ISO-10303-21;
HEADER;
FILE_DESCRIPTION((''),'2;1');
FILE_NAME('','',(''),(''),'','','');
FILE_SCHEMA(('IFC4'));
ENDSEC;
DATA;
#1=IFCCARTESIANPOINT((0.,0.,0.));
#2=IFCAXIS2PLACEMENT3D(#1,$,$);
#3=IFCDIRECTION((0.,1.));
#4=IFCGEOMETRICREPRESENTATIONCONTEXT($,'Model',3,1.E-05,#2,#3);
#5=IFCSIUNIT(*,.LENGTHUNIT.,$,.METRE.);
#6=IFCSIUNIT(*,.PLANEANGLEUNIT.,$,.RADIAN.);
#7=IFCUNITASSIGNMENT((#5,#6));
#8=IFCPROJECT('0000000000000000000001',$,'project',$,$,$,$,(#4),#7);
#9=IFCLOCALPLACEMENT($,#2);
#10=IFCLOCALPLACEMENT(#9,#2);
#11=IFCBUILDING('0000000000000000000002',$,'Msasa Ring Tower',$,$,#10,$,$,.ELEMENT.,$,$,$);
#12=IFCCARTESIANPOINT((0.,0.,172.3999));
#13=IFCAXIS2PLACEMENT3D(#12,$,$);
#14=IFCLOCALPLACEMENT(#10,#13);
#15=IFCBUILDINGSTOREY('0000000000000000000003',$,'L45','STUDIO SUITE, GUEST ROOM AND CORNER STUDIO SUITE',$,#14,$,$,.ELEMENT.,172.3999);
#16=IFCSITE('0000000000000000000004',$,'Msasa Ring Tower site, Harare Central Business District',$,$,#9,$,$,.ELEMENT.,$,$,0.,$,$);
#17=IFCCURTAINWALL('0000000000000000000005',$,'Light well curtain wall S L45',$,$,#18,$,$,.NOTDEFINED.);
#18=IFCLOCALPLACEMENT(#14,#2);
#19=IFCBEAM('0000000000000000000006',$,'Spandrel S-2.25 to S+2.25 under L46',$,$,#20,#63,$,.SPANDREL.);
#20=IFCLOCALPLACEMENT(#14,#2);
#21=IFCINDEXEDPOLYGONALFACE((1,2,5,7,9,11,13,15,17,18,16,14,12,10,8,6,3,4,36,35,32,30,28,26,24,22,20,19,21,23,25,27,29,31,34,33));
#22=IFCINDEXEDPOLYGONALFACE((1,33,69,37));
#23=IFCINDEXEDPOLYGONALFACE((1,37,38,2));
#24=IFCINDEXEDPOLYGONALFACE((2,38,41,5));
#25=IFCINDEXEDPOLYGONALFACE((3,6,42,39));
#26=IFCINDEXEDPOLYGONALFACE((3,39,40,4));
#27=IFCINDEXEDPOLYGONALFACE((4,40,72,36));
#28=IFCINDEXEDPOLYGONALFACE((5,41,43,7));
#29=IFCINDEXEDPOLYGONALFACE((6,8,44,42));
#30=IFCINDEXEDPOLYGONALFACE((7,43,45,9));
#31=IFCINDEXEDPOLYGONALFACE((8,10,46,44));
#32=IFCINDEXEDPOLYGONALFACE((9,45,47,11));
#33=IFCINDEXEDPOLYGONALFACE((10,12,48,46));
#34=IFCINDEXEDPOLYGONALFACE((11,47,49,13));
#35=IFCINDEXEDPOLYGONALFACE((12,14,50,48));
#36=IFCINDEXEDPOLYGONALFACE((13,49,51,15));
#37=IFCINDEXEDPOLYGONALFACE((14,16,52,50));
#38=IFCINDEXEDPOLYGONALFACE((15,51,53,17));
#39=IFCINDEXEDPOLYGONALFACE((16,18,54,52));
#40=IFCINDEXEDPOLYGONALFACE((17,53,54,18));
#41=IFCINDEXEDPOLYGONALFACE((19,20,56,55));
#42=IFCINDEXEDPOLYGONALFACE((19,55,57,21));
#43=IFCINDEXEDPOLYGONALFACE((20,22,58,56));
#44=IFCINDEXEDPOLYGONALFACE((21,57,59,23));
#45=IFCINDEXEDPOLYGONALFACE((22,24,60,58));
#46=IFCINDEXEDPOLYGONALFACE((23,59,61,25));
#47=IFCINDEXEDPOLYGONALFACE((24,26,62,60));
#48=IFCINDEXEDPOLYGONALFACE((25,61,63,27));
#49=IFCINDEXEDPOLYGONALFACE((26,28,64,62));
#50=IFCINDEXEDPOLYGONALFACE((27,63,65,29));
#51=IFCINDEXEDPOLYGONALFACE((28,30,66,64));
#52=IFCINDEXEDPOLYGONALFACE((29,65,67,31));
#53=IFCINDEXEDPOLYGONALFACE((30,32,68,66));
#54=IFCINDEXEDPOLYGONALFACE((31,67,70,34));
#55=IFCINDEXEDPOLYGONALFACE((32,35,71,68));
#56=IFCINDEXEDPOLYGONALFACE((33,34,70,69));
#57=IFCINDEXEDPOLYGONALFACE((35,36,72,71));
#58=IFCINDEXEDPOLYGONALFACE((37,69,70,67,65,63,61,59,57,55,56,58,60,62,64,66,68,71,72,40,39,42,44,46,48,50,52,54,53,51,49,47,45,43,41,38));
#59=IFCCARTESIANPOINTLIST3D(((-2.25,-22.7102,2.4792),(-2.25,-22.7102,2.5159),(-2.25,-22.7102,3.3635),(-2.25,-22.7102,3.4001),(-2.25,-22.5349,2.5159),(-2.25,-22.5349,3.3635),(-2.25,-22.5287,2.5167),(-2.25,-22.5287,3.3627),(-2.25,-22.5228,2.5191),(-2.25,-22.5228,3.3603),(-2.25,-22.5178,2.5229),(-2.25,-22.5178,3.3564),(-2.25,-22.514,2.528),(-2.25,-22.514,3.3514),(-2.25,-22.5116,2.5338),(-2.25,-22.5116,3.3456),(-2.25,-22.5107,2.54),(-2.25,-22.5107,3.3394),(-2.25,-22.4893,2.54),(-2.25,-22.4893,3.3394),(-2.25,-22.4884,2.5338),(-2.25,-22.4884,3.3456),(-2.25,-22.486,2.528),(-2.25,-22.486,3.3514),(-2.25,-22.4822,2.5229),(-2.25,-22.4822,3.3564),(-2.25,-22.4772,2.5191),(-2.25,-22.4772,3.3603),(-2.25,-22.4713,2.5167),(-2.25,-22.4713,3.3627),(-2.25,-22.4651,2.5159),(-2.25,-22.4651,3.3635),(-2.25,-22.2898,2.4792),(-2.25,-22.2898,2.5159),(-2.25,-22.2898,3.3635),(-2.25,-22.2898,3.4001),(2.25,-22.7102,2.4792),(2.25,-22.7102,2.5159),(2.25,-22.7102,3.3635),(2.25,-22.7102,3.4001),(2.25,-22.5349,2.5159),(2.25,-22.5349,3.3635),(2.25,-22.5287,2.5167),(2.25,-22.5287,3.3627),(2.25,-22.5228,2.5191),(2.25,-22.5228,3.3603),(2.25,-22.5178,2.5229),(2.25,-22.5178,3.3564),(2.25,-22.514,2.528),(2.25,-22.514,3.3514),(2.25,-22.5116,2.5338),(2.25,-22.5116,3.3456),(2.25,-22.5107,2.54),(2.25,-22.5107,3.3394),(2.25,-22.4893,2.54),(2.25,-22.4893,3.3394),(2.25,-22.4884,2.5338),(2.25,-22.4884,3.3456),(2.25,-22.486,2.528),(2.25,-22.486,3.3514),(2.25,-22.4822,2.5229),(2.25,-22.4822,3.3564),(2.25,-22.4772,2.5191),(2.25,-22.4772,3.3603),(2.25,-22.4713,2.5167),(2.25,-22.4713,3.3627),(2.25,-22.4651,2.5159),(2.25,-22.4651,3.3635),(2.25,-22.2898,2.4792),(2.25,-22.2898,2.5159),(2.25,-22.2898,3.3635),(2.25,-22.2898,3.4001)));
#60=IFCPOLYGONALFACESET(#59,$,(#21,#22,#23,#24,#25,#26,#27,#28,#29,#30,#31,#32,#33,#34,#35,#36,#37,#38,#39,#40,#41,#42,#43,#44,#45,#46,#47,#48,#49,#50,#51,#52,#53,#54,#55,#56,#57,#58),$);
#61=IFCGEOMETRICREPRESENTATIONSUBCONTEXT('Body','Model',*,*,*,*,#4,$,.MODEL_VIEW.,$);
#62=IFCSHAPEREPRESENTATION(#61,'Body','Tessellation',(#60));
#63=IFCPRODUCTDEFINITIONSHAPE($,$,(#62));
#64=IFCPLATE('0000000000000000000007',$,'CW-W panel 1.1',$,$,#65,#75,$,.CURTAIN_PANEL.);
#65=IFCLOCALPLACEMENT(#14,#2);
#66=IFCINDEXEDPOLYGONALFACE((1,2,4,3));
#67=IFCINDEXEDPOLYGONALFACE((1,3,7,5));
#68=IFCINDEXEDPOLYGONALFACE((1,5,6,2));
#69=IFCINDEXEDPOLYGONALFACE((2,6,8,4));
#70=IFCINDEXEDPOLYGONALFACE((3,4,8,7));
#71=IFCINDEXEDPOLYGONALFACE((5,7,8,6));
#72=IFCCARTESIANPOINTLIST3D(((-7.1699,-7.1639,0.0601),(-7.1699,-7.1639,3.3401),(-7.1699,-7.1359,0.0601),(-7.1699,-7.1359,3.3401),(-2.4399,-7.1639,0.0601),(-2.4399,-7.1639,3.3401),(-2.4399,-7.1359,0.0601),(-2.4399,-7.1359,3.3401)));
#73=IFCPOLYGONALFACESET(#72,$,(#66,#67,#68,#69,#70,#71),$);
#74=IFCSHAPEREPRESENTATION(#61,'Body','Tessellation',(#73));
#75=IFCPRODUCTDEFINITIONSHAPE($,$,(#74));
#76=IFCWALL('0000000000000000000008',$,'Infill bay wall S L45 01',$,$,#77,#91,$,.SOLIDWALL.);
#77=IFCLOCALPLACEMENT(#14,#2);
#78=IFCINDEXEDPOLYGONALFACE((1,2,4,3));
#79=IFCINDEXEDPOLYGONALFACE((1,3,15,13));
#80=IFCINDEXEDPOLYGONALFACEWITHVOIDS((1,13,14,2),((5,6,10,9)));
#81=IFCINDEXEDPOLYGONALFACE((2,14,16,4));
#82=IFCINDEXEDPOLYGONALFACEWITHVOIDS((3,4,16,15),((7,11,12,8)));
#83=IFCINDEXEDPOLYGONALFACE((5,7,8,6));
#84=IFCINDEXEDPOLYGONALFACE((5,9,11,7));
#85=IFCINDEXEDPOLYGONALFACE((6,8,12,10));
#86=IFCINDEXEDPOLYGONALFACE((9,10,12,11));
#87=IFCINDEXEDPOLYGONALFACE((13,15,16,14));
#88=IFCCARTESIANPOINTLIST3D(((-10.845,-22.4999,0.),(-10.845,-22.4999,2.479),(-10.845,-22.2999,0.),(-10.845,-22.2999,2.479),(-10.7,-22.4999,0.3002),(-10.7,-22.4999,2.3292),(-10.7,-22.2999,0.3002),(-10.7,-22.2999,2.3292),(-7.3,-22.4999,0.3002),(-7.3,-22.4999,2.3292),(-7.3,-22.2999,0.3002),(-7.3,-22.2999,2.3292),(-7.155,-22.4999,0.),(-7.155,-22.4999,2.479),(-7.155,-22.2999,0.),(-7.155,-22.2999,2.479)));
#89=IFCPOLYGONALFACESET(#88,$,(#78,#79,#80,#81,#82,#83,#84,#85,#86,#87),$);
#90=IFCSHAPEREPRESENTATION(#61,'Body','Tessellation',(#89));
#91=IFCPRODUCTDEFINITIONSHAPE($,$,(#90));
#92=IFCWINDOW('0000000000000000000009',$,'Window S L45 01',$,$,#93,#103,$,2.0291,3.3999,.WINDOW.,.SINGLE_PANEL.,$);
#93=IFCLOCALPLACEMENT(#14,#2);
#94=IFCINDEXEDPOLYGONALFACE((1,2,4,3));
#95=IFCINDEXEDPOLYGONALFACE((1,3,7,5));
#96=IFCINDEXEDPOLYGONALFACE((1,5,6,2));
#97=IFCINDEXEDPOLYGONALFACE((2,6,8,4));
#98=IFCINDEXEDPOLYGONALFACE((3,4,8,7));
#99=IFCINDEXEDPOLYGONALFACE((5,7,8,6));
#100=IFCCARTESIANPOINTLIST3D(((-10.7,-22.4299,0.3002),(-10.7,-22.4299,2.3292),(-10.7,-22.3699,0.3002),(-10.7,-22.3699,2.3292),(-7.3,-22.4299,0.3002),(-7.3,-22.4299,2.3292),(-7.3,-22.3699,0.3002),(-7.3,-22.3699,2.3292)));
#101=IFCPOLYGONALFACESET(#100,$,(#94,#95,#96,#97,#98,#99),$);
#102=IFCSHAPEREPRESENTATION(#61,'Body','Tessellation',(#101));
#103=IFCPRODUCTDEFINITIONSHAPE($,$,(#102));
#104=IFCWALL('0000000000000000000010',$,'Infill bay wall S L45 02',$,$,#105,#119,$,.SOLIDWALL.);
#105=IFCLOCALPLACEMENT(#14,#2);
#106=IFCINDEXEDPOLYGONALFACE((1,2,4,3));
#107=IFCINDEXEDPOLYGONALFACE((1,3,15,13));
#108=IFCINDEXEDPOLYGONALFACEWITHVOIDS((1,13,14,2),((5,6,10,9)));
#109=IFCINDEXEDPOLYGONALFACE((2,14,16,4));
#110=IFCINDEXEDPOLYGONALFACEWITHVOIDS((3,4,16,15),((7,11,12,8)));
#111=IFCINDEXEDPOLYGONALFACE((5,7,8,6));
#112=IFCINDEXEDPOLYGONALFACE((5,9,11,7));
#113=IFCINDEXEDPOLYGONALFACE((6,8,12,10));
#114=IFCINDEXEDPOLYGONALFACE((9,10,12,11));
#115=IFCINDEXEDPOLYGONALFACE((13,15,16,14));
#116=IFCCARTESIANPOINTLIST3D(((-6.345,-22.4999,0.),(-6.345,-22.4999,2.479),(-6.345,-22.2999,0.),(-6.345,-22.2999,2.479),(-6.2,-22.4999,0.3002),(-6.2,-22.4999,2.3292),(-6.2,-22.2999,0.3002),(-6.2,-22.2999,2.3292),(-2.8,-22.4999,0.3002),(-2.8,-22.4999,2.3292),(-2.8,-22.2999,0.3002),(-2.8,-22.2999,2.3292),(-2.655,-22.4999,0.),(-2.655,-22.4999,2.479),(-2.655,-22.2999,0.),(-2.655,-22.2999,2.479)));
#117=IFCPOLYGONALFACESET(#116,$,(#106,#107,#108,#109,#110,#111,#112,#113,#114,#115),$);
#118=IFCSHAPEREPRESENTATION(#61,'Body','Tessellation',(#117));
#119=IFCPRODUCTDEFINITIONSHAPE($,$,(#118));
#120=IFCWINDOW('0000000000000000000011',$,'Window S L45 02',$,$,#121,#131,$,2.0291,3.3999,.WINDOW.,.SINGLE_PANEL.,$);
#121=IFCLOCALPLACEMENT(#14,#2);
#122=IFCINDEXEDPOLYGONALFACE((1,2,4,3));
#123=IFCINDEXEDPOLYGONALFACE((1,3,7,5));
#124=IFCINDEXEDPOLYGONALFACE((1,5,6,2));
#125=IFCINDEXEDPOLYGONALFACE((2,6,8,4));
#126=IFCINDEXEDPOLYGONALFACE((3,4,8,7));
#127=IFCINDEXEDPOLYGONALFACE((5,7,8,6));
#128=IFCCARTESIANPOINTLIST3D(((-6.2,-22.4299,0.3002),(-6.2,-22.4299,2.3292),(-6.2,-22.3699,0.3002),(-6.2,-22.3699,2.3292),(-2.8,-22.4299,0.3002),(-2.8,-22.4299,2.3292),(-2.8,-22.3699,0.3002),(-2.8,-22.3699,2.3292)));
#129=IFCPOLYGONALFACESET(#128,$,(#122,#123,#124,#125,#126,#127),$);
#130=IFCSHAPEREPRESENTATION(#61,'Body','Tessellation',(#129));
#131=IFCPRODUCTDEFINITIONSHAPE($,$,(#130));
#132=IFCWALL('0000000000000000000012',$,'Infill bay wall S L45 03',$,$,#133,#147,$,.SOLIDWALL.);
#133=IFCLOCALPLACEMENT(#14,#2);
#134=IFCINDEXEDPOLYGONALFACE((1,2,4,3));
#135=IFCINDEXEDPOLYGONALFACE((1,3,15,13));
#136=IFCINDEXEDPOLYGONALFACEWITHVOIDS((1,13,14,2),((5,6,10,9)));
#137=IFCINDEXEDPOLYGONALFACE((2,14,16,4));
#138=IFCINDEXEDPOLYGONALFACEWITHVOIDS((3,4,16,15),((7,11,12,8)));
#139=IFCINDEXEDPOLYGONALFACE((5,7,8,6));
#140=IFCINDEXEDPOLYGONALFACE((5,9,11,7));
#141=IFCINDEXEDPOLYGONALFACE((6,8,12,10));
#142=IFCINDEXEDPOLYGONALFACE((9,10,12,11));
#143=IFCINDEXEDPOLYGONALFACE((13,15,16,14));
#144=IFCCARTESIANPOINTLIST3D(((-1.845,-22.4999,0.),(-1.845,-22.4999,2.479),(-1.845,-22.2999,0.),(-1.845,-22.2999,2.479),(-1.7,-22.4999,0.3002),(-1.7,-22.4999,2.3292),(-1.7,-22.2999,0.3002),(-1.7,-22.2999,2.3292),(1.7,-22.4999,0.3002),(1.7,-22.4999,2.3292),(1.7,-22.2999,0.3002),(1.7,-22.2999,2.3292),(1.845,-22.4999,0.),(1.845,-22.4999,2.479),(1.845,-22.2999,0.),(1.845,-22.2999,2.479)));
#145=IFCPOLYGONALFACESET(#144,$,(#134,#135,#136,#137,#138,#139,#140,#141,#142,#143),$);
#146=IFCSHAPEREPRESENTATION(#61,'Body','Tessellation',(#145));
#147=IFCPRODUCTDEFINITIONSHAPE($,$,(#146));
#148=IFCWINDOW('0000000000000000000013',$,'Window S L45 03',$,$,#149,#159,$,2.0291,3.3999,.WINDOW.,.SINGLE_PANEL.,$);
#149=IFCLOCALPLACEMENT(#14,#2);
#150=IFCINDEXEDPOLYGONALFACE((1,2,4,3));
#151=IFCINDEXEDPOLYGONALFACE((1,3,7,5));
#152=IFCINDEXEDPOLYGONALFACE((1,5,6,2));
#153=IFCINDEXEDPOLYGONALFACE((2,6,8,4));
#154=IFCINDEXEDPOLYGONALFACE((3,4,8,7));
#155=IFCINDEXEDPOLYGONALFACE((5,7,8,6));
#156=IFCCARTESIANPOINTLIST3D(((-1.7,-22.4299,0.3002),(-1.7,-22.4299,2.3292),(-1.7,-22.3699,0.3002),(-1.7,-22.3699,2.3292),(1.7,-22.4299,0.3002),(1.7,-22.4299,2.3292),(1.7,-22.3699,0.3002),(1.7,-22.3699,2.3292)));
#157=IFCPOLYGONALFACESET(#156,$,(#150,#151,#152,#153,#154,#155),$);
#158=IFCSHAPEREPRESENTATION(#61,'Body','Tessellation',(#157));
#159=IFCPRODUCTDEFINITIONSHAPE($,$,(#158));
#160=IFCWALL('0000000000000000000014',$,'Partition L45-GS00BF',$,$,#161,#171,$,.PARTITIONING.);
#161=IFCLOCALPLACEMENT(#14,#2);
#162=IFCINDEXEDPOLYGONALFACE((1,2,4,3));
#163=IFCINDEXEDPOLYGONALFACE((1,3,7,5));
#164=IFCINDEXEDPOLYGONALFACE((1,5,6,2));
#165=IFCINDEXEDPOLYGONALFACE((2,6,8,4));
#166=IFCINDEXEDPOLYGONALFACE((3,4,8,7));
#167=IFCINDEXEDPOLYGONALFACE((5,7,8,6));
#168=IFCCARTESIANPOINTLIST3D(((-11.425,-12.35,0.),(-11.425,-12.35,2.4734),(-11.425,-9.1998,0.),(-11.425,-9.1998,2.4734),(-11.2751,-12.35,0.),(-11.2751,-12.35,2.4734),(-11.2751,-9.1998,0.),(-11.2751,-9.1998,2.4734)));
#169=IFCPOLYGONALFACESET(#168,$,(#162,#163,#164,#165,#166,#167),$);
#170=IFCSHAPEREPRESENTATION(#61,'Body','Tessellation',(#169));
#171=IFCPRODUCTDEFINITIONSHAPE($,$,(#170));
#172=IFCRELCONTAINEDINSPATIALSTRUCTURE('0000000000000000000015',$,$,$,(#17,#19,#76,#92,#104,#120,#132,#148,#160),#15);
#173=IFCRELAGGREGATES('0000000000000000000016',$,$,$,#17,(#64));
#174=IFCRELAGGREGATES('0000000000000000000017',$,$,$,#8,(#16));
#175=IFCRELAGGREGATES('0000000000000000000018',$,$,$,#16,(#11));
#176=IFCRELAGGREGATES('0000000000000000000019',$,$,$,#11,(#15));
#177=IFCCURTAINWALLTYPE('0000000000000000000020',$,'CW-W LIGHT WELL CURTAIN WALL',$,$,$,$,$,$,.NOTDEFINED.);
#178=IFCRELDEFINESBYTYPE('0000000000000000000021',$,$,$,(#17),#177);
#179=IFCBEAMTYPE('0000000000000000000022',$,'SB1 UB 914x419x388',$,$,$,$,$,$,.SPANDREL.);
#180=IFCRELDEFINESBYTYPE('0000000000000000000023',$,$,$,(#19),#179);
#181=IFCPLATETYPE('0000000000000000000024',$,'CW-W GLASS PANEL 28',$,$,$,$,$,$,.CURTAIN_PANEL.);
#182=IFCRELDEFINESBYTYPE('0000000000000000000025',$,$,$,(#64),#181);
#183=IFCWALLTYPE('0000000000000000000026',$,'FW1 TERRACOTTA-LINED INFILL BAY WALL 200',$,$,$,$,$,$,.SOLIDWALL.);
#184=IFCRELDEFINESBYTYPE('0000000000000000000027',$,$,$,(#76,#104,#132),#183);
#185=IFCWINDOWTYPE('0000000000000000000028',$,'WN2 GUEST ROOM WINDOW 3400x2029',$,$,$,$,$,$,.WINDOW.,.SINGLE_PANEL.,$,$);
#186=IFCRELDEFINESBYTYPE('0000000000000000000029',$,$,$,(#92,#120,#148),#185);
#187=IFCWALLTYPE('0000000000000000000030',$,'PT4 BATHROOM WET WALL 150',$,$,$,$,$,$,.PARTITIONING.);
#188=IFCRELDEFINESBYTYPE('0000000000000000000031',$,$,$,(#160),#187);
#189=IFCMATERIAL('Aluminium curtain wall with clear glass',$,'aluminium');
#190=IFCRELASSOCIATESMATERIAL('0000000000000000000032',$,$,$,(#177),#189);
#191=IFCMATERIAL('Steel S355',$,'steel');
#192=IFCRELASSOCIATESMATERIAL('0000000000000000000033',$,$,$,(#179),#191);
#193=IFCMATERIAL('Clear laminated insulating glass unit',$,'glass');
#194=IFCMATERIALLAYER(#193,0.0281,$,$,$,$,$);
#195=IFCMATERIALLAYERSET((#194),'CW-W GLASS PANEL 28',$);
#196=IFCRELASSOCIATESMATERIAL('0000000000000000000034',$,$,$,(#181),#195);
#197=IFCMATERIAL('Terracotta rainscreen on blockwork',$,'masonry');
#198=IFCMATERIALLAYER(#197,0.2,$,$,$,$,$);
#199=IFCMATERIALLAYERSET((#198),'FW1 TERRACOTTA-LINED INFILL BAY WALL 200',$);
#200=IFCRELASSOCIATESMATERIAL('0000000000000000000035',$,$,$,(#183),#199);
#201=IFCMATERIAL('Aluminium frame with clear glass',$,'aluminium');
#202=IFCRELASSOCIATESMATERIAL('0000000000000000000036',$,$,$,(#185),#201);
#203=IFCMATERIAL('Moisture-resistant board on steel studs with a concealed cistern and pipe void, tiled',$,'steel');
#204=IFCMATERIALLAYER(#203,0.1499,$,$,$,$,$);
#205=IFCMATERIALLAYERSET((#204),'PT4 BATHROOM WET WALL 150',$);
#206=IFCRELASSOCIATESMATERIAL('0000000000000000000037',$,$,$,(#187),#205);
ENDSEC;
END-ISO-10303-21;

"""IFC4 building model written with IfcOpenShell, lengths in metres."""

from ifc_helpers import new_model, si_unit, direction, frame, frame_2d, origin, origin_2d, place, context, subcontext, project, spatial, rectangle, i_section, extrude, material, layer, layer_set, material_profile, profile_set, type_object, element, fill, aggregate, save


model = new_model("IFC4")

# Units and contexts
model_context = context("Model", 3, precision=1e-05, world=origin(), true_north=direction((0.0, 1.0)))
body_context = subcontext(model_context, "Body", "Model", "MODEL_VIEW")
ifc_project = project(units=[si_unit("LENGTHUNIT", "METRE"), si_unit("PLANEANGLEUNIT", "RADIAN")], contexts=[model_context])

# Site, building, storey
site_placement = place(None, origin())
site = spatial("IfcSite", under=ifc_project, at=site_placement, Name="Msasa Ring Tower site, Harare Central Business District", CompositionType="ELEMENT", RefElevation=0.0)
building_placement = place(site_placement, origin())
building = spatial("IfcBuilding", under=site, at=building_placement, Name="Msasa Ring Tower", CompositionType="ELEMENT")
storey_placement = place(building_placement, frame((0.0, 0.0, 172.3999)))
storey = spatial("IfcBuildingStorey", under=building, at=storey_placement, Name="L45", Description="STUDIO SUITE, GUEST ROOM AND CORNER STUDIO SUITE", CompositionType="ELEMENT", Elevation=172.3999)

# Curtain wall
ifc_material_1 = material(Name="Aluminium curtain wall with clear glass", Category="aluminium")
curtain_wall_type = type_object("IfcCurtainWallType", Name="CW-W LIGHT WELL CURTAIN WALL", PredefinedType="NOTDEFINED", material=ifc_material_1)
curtain_wall_1_placement = place(storey_placement, origin())
curtain_wall_1 = element("IfcCurtainWall", 1, at=curtain_wall_1_placement, inside=storey, type_object=curtain_wall_type, Name="Light well curtain wall S L45", PredefinedType="NOTDEFINED")

# Beam
ifc_material_2 = material(Name="Steel S355", Category="steel")
ifc_material_profile_1 = material_profile(ifc_material_2, i_section(OverallWidth=0.4204, OverallDepth=0.9209, WebThickness=0.0215, FlangeThickness=0.0366, FilletRadius=0.0242, at=origin_2d()), Name="UB 914x419x388")
ifc_profile_set_1 = profile_set([ifc_material_profile_1], Name="Steel S355")
beam_type_1 = type_object("IfcBeamType", Name="SB1 UB 914x419x388", PredefinedType="SPANDREL", material=ifc_profile_set_1)
for number, where, z_axis, x_axis, name in (
    (2, (-2.25, -22.5, 2.9397), (1.0, 0.0, 0.0), (0.0, 1.0, 0.0), "Spandrel S-2.25 to S+2.25 under L46"),
):
    element("IfcBeam", number, at=place(storey_placement, frame(where, z_axis=z_axis, x_axis=x_axis)), inside=storey, type_object=beam_type_1, Name=name, PredefinedType="SPANDREL", context=body_context, shape_type="SweptSolid", body=[
        extrude(i_section(OverallWidth=0.4204, OverallDepth=0.9209, WebThickness=0.0215, FlangeThickness=0.0366, FilletRadius=0.0242, at=origin_2d()), origin(), (0.0, 0.0, 1.0), 4.5),
    ])

# Plate
ifc_material_3 = material(Name="Clear laminated insulating glass unit", Category="glass")
ifc_layer_1 = layer(ifc_material_3, 0.0281)
ifc_layer_set_1 = layer_set([ifc_layer_1], Name="CW-W GLASS PANEL 28")
plate_type = type_object("IfcPlateType", Name="CW-W GLASS PANEL 28", PredefinedType="CURTAIN_PANEL", material=ifc_layer_set_1)
plate_placement = place(storey_placement, frame((-4.8049, -7.1499, 0.0601), z_axis=(0.0, 0.0, 1.0), x_axis=(1.0, 0.0, 0.0)))
plate = element("IfcPlate", 3, at=plate_placement, type_object=plate_type, Name="CW-W panel 1.1", PredefinedType="CURTAIN_PANEL", context=body_context, shape_type="SweptSolid", body=[
    extrude(rectangle(XDim=4.73, YDim=0.0281, at=origin_2d()), origin(), (0.0, 0.0, 1.0), 3.28),
])
aggregate(curtain_wall_1, [plate])

# Walls, openings, windows
ifc_material_4 = material(Name="Terracotta rainscreen on blockwork", Category="masonry")
ifc_layer_2 = layer(ifc_material_4, 0.2)
ifc_layer_set_2 = layer_set([ifc_layer_2], Name="FW1 TERRACOTTA-LINED INFILL BAY WALL 200")
wall_type_1 = type_object("IfcWallType", Name="FW1 TERRACOTTA-LINED INFILL BAY WALL 200", PredefinedType="SOLIDWALL", material=ifc_layer_set_2)
wall_1_placement = place(storey_placement, frame((-10.845, -22.3999, 0.0), z_axis=(0.0, 0.0, 1.0), x_axis=(1.0, 0.0, 0.0)))
wall_1 = element("IfcWall", 4, at=wall_1_placement, inside=storey, type_object=wall_type_1, Name="Infill bay wall S L45 01", PredefinedType="SOLIDWALL", context=body_context, shape_type="SweptSolid", body=[
    extrude(rectangle(XDim=3.6899, YDim=0.2, at=frame_2d((1.845, 0.0))), origin(), (0.0, 0.0, 1.0), 2.479),
])
opening_1_placement = place(wall_1_placement, frame((0.145, 0.0, 0.3)))
opening_1 = element("IfcOpeningElement", 5, at=opening_1_placement, cuts=wall_1, PredefinedType="OPENING", context=body_context, shape_type="SweptSolid", body=[
    extrude(rectangle(XDim=3.3999, YDim=2.0291, at=frame_2d((1.7, 1.0146))), frame((0.0, 0.1099, 0.0), z_axis=(0.0, -1.0, 0.0), x_axis=(1.0, 0.0, 0.0)), (0.0, 0.0, 1.0), 0.22),
])
ifc_material_5 = material(Name="Aluminium frame with clear glass", Category="aluminium")
window_type = type_object("IfcWindowType", Name="WN2 GUEST ROOM WINDOW 3400x2029", PartitioningType="SINGLE_PANEL", PredefinedType="WINDOW", material=ifc_material_5)
window_1_placement = place(opening_1_placement, origin())
window_1 = element("IfcWindow", 6, at=window_1_placement, inside=storey, type_object=window_type, Name="Window S L45 01", OverallHeight=2.0291, OverallWidth=3.3999, PartitioningType="SINGLE_PANEL", PredefinedType="WINDOW", context=body_context, shape_type="SweptSolid", body=[
    extrude(rectangle(XDim=3.3999, YDim=2.0291, at=frame_2d((1.7, 1.0146))), frame((0.0, 0.03, 0.0), z_axis=(0.0, -1.0, 0.0), x_axis=(1.0, 0.0, 0.0)), (0.0, 0.0, 1.0), 0.0601),
])
fill(opening_1, window_1)
wall_2_placement = place(storey_placement, frame((-6.345, -22.3999, 0.0), z_axis=(0.0, 0.0, 1.0), x_axis=(1.0, 0.0, 0.0)))
wall_2 = element("IfcWall", 7, at=wall_2_placement, inside=storey, type_object=wall_type_1, Name="Infill bay wall S L45 02", PredefinedType="SOLIDWALL", context=body_context, shape_type="SweptSolid", body=[
    extrude(rectangle(XDim=3.6899, YDim=0.2, at=frame_2d((1.845, 0.0))), origin(), (0.0, 0.0, 1.0), 2.479),
])
opening_2_placement = place(wall_2_placement, frame((0.145, 0.0, 0.3)))
opening_2 = element("IfcOpeningElement", 8, at=opening_2_placement, cuts=wall_2, PredefinedType="OPENING", context=body_context, shape_type="SweptSolid", body=[
    extrude(rectangle(XDim=3.3999, YDim=2.0291, at=frame_2d((1.7, 1.0146))), frame((0.0, 0.1099, 0.0), z_axis=(0.0, -1.0, 0.0), x_axis=(1.0, 0.0, 0.0)), (0.0, 0.0, 1.0), 0.22),
])
window_2_placement = place(opening_2_placement, origin())
window_2 = element("IfcWindow", 9, at=window_2_placement, inside=storey, type_object=window_type, Name="Window S L45 02", OverallHeight=2.0291, OverallWidth=3.3999, PartitioningType="SINGLE_PANEL", PredefinedType="WINDOW", context=body_context, shape_type="SweptSolid", body=[
    extrude(rectangle(XDim=3.3999, YDim=2.0291, at=frame_2d((1.7, 1.0146))), frame((0.0, 0.03, 0.0), z_axis=(0.0, -1.0, 0.0), x_axis=(1.0, 0.0, 0.0)), (0.0, 0.0, 1.0), 0.0601),
])
fill(opening_2, window_2)
wall_3_placement = place(storey_placement, frame((-1.845, -22.3999, 0.0), z_axis=(0.0, 0.0, 1.0), x_axis=(1.0, 0.0, 0.0)))
wall_3 = element("IfcWall", 10, at=wall_3_placement, inside=storey, type_object=wall_type_1, Name="Infill bay wall S L45 03", PredefinedType="SOLIDWALL", context=body_context, shape_type="SweptSolid", body=[
    extrude(rectangle(XDim=3.6899, YDim=0.2, at=frame_2d((1.845, 0.0))), origin(), (0.0, 0.0, 1.0), 2.479),
])
opening_3_placement = place(wall_3_placement, frame((0.145, 0.0, 0.3)))
opening_3 = element("IfcOpeningElement", 11, at=opening_3_placement, cuts=wall_3, PredefinedType="OPENING", context=body_context, shape_type="SweptSolid", body=[
    extrude(rectangle(XDim=3.3999, YDim=2.0291, at=frame_2d((1.7, 1.0146))), frame((0.0, 0.1099, 0.0), z_axis=(0.0, -1.0, 0.0), x_axis=(1.0, 0.0, 0.0)), (0.0, 0.0, 1.0), 0.22),
])
window_3_placement = place(opening_3_placement, origin())
window_3 = element("IfcWindow", 12, at=window_3_placement, inside=storey, type_object=window_type, Name="Window S L45 03", OverallHeight=2.0291, OverallWidth=3.3999, PartitioningType="SINGLE_PANEL", PredefinedType="WINDOW", context=body_context, shape_type="SweptSolid", body=[
    extrude(rectangle(XDim=3.3999, YDim=2.0291, at=frame_2d((1.7, 1.0146))), frame((0.0, 0.03, 0.0), z_axis=(0.0, -1.0, 0.0), x_axis=(1.0, 0.0, 0.0)), (0.0, 0.0, 1.0), 0.0601),
])
fill(opening_3, window_3)

# Wall
ifc_material_6 = material(Name="Moisture-resistant board on steel studs with a concealed cistern and pipe void, tiled", Category="steel")
ifc_layer_3 = layer(ifc_material_6, 0.1499)
ifc_layer_set_3 = layer_set([ifc_layer_3], Name="PT4 BATHROOM WET WALL 150")
wall_type_2 = type_object("IfcWallType", Name="PT4 BATHROOM WET WALL 150", PredefinedType="PARTITIONING", material=ifc_layer_set_3)
wall_4_placement = place(storey_placement, frame((-11.3501, -12.3501, 0.0), z_axis=(0.0, 0.0, 1.0), x_axis=(0.0, 1.0, 0.0)))
element("IfcWall", 13, at=wall_4_placement, inside=storey, type_object=wall_type_2, Name="Partition L45-GS00BF", PredefinedType="PARTITIONING", context=body_context, shape_type="SweptSolid", body=[
    extrude(rectangle(XDim=3.1501, YDim=0.1499, at=frame_2d((1.5752, 0.0))), origin(), (0.0, 0.0, 1.0), 2.4734),
])

save(model, "model.ifc")
